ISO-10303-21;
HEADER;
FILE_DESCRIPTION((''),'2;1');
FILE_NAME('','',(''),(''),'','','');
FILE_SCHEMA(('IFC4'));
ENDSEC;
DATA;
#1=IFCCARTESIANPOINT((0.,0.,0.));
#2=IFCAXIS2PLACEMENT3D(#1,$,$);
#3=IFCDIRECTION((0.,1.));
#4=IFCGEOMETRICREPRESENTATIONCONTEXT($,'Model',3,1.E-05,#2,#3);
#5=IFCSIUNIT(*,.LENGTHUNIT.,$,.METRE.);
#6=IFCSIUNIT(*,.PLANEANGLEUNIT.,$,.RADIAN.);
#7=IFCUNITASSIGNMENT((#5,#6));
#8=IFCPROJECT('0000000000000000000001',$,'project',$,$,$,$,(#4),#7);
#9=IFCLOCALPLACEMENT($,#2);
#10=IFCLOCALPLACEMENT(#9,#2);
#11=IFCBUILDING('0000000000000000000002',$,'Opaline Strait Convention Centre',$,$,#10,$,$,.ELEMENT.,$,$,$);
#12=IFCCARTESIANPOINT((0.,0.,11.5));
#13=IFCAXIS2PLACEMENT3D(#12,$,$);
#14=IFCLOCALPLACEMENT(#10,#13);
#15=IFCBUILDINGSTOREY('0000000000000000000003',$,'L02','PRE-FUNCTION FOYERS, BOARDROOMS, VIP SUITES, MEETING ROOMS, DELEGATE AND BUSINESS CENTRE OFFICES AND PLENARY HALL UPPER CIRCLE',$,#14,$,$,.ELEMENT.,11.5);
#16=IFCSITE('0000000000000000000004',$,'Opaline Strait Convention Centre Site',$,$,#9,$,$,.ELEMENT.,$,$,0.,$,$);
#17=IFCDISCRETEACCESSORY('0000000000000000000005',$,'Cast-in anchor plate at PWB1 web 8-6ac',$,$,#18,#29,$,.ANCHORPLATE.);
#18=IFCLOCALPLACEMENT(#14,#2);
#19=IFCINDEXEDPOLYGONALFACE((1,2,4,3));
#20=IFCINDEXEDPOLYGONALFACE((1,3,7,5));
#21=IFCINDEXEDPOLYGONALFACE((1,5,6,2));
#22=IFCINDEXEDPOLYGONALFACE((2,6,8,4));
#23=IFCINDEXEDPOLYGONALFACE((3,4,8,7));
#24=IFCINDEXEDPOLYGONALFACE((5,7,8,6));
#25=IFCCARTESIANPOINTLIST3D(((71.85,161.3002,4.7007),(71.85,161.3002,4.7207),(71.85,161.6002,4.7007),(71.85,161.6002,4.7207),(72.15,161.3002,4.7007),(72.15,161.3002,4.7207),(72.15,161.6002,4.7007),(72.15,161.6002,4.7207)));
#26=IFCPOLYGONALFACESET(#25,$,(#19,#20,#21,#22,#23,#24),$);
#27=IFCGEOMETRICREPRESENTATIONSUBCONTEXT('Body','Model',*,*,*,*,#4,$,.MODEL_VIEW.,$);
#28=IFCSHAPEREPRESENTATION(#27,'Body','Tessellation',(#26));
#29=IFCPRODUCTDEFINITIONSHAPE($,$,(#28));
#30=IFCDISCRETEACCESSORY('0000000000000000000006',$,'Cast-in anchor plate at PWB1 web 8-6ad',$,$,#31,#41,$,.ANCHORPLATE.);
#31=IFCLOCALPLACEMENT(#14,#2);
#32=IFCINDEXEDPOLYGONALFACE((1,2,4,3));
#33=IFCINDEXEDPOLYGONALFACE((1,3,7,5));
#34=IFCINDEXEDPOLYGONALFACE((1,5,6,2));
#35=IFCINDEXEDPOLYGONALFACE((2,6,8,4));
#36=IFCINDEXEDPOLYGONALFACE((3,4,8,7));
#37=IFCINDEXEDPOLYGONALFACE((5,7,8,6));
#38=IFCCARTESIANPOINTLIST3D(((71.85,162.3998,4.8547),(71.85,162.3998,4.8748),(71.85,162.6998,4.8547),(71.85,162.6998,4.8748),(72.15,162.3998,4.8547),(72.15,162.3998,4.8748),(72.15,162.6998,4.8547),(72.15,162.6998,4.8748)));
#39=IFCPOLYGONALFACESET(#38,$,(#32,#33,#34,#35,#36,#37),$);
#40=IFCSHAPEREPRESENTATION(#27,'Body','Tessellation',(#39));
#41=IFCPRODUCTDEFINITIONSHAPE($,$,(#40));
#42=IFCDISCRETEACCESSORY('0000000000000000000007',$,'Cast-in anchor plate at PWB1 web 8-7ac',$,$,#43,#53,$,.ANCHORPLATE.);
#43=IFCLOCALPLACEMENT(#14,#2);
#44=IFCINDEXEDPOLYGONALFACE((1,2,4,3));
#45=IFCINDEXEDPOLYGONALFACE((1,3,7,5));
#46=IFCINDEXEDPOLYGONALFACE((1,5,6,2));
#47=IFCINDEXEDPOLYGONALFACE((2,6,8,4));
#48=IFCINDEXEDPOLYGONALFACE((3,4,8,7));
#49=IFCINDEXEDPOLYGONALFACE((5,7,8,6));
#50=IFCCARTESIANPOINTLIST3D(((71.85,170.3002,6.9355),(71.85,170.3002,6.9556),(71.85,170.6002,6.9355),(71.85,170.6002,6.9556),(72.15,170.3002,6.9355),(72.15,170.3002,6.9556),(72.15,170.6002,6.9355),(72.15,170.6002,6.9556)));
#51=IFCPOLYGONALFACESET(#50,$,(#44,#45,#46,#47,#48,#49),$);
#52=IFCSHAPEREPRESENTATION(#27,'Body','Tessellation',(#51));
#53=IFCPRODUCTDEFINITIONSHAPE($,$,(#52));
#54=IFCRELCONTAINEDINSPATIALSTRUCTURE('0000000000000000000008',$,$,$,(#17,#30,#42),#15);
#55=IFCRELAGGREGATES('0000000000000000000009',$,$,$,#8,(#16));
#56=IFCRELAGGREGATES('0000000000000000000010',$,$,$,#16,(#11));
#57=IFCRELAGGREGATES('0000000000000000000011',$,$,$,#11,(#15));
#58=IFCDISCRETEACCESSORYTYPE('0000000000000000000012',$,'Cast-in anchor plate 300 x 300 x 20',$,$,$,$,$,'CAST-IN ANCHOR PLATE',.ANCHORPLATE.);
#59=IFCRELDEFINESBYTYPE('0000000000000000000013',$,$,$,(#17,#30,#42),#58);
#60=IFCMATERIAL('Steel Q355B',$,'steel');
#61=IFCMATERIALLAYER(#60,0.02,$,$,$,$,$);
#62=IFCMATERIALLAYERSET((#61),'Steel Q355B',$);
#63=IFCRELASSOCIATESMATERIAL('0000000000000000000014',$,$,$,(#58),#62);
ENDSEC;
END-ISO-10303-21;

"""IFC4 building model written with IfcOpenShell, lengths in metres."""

from ifc_helpers import new_model, si_unit, direction, frame, origin, origin_2d, place, context, subcontext, project, spatial, rectangle, extrude, material, layer, layer_set, type_object, element, save


model = new_model("IFC4")

# Units and contexts
model_context = context("Model", 3, precision=1e-05, world=origin(), true_north=direction((0.0, 1.0)))
body_context = subcontext(model_context, "Body", "Model", "MODEL_VIEW")
ifc_project = project(units=[si_unit("LENGTHUNIT", "METRE"), si_unit("PLANEANGLEUNIT", "RADIAN")], contexts=[model_context])

# Site, building, storey
site_placement = place(None, origin())
site = spatial("IfcSite", under=ifc_project, at=site_placement, Name="Opaline Strait Convention Centre Site", CompositionType="ELEMENT", RefElevation=0.0)
building_placement = place(site_placement, origin())
building = spatial("IfcBuilding", under=site, at=building_placement, Name="Opaline Strait Convention Centre", CompositionType="ELEMENT")
storey_placement = place(building_placement, frame((0.0, 0.0, 11.5)))
storey = spatial("IfcBuildingStorey", under=building, at=storey_placement, Name="L02", Description="PRE-FUNCTION FOYERS, BOARDROOMS, VIP SUITES, MEETING ROOMS, DELEGATE AND BUSINESS CENTRE OFFICES AND PLENARY HALL UPPER CIRCLE", CompositionType="ELEMENT", Elevation=11.5)

# Shared definitions
ifc_material_1 = material(Name="Steel Q355B", Category="steel")

# Discrete accessories
ifc_layer_1 = layer(ifc_material_1, 0.02)
ifc_layer_set_1 = layer_set([ifc_layer_1], Name="Steel Q355B")
discrete_accessory_type = type_object("IfcDiscreteAccessoryType", Name="Cast-in anchor plate 300 x 300 x 20", ElementType="CAST-IN ANCHOR PLATE", PredefinedType="ANCHORPLATE", material=ifc_layer_set_1)
for number, where, z_axis, x_axis, name in (
    (1, (72.0, 161.4502, 4.7007), (0.0, 0.0, 1.0), (1.0, 0.0, 0.0), "Cast-in anchor plate at PWB1 web 8-6ac"),
    (2, (72.0, 162.5498, 4.8547), (0.0, 0.0, 1.0), (1.0, 0.0, 0.0), "Cast-in anchor plate at PWB1 web 8-6ad"),
    (3, (72.0, 170.4502, 6.9355), (0.0, 0.0, 1.0), (1.0, 0.0, 0.0), "Cast-in anchor plate at PWB1 web 8-7ac"),
):
    element("IfcDiscreteAccessory", number, at=place(storey_placement, frame(where, z_axis=z_axis, x_axis=x_axis)), inside=storey, type_object=discrete_accessory_type, Name=name, PredefinedType="ANCHORPLATE", context=body_context, shape_type="SweptSolid", body=[
        extrude(rectangle(XDim=0.3, YDim=0.3, at=origin_2d()), origin(), (0.0, 0.0, 1.0), 0.02),
    ])

save(model, "model.ifc")
